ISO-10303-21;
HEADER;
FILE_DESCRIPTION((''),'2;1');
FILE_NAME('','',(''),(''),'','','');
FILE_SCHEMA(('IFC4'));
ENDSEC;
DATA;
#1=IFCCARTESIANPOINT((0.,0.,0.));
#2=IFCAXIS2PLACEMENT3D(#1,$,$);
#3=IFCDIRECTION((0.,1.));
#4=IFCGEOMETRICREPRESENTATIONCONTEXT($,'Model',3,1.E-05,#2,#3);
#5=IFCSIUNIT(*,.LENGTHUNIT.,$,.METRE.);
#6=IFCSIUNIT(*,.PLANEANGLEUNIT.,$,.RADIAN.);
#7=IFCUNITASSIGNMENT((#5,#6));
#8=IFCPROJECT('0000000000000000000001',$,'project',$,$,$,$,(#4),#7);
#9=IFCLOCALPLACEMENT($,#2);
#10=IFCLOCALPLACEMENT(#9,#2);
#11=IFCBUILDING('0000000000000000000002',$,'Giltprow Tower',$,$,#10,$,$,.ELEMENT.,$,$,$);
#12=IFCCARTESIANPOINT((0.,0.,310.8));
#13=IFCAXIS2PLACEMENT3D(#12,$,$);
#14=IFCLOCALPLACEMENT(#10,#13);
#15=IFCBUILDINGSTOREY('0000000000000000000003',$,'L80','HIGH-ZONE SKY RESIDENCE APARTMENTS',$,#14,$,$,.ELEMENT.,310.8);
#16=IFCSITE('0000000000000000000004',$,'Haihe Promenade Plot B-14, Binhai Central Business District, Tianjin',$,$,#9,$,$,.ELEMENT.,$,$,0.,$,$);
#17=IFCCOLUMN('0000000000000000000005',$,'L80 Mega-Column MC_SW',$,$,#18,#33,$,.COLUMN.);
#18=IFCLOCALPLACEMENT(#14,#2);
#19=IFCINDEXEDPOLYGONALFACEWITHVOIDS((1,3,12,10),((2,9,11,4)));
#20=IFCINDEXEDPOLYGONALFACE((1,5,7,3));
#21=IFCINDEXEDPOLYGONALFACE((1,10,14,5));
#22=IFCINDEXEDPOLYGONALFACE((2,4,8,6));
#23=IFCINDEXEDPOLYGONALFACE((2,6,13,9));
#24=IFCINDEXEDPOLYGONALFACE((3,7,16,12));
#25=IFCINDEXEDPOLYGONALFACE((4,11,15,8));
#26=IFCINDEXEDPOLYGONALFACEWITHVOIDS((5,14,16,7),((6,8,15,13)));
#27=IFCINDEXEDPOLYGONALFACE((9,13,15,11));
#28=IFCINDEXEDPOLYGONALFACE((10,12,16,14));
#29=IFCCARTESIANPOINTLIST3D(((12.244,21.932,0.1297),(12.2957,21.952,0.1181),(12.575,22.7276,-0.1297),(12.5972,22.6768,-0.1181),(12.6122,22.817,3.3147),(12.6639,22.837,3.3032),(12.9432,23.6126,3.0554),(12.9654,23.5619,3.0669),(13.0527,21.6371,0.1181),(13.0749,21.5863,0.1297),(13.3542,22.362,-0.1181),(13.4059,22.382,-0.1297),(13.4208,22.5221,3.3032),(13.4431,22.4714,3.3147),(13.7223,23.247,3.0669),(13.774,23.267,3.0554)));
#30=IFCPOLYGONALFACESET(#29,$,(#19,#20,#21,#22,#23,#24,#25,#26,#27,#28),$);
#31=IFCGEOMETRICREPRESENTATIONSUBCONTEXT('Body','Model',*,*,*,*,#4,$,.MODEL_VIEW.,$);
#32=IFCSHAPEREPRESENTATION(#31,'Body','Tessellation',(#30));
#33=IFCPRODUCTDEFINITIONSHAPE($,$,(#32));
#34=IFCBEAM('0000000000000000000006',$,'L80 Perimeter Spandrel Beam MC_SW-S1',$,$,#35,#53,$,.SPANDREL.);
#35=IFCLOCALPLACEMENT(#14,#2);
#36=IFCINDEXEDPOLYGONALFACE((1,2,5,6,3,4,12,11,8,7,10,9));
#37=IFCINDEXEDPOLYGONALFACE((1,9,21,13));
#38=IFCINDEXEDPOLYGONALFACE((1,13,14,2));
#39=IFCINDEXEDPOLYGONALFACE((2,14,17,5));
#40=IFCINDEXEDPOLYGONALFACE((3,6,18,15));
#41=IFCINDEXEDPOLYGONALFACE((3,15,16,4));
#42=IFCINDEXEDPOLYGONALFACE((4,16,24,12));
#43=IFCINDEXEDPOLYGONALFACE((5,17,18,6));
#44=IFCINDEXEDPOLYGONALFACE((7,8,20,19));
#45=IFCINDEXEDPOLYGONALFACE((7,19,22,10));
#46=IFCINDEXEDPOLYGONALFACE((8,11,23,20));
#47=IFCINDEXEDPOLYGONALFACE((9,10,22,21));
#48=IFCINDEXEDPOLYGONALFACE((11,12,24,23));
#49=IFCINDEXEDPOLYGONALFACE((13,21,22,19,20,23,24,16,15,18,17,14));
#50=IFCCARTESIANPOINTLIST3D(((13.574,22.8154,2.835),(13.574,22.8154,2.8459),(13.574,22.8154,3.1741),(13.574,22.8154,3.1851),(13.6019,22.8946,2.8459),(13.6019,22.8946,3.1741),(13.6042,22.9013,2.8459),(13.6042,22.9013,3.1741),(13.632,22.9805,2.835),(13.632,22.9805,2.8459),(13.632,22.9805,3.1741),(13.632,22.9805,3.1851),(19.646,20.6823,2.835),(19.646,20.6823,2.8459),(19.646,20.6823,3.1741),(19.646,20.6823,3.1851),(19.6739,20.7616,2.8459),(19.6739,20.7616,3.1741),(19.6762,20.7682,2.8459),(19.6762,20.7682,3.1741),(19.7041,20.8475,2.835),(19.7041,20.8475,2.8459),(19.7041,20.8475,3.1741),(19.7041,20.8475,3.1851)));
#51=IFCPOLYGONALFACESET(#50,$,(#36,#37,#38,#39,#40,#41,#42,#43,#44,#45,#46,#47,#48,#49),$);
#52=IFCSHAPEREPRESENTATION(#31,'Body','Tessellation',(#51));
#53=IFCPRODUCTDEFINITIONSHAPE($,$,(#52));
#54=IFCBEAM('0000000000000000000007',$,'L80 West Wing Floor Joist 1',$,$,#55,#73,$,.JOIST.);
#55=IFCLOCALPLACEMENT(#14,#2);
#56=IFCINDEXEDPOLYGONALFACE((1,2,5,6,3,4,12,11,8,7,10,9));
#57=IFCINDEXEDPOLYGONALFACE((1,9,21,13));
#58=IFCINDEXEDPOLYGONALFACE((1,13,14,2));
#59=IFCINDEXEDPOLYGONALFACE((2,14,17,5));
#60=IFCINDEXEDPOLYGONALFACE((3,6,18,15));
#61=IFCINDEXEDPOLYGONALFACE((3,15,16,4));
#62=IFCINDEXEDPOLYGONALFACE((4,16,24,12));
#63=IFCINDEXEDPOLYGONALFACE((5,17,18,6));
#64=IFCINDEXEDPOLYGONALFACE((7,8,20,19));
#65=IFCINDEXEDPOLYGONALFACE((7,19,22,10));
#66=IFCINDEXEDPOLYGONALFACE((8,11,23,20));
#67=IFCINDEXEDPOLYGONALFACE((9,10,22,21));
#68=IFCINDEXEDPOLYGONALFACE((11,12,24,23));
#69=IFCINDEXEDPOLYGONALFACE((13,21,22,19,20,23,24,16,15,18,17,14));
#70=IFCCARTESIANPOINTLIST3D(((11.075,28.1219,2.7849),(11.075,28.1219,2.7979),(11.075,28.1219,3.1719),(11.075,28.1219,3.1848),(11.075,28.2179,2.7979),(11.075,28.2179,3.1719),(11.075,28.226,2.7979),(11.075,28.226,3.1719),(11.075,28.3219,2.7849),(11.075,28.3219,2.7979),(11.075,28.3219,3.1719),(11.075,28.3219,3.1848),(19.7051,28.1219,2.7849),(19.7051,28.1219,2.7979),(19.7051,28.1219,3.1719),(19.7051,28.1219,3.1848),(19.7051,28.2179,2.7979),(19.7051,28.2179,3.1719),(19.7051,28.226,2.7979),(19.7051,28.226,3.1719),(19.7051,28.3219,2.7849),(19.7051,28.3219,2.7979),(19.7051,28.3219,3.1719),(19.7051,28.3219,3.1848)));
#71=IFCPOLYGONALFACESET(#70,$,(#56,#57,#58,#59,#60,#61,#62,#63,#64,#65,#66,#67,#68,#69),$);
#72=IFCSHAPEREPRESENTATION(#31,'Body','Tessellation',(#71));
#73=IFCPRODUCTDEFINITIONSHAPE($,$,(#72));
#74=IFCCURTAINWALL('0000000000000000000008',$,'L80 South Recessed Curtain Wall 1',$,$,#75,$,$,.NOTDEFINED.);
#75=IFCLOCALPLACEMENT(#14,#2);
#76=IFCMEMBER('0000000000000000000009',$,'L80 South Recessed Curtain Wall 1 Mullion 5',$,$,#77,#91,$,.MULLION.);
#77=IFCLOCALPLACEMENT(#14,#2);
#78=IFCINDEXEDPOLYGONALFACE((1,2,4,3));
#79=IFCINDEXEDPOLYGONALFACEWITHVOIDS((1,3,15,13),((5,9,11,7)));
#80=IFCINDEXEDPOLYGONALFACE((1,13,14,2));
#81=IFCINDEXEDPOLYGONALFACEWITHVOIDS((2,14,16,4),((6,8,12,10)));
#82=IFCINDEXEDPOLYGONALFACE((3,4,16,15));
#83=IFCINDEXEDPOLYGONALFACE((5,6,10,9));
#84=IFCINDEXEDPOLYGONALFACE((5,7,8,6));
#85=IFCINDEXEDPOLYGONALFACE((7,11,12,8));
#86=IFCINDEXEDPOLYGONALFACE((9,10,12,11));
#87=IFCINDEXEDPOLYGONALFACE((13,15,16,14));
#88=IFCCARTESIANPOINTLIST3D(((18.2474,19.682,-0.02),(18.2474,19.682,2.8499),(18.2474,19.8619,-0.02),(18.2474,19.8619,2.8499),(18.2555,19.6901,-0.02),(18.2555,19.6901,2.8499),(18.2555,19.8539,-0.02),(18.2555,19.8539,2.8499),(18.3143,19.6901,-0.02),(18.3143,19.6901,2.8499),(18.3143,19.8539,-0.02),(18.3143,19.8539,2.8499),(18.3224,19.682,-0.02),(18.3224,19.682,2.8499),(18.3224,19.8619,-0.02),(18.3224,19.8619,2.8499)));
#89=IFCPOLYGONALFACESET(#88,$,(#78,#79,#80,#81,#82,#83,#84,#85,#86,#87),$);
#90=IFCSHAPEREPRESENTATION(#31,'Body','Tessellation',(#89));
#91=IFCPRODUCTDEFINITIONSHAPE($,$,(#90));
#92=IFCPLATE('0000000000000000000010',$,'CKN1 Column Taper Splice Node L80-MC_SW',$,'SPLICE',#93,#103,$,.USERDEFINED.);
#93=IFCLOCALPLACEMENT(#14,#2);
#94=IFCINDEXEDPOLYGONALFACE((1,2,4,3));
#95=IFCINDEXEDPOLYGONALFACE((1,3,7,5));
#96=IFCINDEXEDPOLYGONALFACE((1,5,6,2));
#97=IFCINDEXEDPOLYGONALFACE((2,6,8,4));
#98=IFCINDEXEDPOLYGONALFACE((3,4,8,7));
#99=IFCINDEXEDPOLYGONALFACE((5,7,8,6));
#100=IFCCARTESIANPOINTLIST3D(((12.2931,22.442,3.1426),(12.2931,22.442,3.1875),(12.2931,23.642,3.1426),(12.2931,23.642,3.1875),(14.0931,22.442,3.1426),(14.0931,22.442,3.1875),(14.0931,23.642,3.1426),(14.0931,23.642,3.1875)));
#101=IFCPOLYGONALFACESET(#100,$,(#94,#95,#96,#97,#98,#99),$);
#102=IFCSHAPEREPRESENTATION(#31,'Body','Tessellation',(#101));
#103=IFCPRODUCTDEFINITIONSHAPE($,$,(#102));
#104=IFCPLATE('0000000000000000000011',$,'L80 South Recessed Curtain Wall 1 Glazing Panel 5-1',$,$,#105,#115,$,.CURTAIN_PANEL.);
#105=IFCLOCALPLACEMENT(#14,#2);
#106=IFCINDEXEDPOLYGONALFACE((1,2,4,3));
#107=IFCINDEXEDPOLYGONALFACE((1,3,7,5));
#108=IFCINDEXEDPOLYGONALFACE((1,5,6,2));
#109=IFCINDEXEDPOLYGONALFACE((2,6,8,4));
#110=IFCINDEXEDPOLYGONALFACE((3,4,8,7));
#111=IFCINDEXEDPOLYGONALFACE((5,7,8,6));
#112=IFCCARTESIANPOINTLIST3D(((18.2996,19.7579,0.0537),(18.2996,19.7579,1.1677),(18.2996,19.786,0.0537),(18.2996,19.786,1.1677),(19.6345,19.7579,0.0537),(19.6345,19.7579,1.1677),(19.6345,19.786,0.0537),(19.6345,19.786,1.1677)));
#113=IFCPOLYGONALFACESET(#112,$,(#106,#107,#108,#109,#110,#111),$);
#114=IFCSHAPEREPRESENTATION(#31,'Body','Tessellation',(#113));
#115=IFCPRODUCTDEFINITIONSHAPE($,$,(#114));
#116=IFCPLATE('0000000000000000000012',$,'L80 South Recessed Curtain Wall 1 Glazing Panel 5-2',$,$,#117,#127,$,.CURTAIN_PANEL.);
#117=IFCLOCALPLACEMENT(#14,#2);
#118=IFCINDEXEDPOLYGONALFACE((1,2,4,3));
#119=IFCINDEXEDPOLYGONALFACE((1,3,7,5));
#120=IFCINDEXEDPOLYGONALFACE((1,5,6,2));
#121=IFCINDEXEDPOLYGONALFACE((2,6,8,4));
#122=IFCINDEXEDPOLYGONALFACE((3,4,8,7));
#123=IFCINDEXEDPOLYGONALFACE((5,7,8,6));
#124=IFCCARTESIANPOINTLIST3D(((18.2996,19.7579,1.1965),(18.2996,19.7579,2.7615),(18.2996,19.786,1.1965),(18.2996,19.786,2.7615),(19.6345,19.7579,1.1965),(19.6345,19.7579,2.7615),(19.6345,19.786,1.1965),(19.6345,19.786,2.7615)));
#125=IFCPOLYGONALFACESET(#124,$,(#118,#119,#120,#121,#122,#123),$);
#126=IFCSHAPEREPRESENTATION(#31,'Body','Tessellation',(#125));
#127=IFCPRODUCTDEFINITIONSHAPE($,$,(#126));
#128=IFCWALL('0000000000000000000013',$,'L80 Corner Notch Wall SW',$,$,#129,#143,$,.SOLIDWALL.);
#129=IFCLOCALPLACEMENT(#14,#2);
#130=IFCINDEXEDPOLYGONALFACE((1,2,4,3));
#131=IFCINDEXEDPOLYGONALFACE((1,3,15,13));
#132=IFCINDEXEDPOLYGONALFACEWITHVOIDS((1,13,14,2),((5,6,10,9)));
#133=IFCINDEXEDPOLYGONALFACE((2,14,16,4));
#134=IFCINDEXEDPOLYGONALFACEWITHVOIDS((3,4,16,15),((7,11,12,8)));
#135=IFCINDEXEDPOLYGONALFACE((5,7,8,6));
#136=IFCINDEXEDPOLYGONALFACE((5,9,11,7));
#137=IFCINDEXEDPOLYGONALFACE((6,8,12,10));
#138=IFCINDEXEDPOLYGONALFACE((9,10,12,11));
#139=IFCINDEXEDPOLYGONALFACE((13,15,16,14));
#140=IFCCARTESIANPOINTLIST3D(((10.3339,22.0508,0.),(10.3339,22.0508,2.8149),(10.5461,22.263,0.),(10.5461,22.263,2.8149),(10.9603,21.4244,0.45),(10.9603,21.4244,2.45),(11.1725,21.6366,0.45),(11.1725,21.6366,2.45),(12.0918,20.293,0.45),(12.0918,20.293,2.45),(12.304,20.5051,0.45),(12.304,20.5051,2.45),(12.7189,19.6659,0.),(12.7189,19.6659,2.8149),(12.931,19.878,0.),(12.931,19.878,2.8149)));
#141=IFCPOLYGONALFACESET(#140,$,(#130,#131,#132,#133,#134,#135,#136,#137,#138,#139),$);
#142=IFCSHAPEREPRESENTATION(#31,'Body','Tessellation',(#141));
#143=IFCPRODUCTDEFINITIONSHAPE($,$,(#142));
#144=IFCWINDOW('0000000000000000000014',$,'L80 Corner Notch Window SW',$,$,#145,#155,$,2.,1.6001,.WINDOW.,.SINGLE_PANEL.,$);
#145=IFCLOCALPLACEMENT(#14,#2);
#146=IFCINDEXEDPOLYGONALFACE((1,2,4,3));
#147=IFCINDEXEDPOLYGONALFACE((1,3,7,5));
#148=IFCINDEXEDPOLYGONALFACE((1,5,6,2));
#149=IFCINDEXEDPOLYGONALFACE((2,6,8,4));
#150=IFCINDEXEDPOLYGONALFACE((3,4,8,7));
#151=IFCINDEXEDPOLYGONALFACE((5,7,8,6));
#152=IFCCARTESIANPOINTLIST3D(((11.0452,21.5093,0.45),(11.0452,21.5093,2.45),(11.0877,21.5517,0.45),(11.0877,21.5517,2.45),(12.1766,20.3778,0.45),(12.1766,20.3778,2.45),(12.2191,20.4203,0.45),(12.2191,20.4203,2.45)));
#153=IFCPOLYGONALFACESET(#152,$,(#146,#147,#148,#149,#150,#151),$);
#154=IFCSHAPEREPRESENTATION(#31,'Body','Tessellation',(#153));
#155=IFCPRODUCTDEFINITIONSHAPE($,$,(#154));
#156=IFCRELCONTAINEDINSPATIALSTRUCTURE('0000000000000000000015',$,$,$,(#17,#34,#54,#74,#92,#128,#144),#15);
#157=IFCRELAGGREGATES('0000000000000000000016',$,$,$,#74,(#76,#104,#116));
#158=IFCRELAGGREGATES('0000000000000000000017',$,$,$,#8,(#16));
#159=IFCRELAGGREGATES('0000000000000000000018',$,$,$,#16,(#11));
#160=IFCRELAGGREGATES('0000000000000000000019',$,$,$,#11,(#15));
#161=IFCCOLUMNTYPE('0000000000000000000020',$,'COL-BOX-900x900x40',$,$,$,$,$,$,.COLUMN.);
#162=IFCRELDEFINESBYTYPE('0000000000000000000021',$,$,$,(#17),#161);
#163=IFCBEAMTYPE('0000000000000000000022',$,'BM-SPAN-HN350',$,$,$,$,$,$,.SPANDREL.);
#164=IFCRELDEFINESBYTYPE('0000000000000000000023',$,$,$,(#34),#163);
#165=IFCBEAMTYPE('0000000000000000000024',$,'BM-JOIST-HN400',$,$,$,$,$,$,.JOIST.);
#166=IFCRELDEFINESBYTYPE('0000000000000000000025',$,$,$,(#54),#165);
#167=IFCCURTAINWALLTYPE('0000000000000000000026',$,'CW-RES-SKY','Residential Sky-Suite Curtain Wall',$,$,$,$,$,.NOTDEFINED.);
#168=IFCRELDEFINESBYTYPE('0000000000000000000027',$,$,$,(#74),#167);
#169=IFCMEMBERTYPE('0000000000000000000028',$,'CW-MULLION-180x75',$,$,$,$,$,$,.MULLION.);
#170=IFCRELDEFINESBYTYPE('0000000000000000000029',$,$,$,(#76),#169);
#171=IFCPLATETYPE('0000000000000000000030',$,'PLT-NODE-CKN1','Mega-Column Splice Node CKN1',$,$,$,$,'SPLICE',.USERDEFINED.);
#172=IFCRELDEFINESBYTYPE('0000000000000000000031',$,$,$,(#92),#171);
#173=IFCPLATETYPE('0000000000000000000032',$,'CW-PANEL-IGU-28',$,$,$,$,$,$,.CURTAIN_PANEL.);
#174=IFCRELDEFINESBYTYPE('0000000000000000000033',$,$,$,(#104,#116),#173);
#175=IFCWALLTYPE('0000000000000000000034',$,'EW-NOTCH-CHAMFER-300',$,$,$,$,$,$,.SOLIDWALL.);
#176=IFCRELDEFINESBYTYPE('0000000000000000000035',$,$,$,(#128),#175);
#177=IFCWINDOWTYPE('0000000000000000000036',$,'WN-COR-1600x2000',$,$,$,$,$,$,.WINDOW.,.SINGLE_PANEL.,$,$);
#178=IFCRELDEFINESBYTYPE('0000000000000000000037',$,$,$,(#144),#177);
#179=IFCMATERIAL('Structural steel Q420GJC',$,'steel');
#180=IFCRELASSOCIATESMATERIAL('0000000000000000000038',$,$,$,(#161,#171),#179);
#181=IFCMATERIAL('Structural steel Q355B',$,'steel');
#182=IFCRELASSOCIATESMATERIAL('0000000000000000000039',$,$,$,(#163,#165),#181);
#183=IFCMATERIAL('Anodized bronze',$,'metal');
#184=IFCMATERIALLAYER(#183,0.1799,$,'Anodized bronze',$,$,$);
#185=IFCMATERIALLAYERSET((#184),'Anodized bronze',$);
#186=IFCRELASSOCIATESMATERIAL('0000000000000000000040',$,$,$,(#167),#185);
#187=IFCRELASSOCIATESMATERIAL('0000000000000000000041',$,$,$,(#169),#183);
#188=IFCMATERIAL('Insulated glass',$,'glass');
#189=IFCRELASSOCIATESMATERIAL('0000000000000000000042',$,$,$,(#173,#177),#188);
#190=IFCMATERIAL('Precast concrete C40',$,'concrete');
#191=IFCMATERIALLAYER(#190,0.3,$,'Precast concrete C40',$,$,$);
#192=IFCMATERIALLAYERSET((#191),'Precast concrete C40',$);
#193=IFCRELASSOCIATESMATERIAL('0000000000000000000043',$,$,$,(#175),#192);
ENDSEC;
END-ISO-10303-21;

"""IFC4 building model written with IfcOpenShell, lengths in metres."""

from ifc_helpers import new_model, si_unit, direction, frame, frame_2d, origin, origin_2d, place, context, subcontext, project, spatial, rectangle, hollow_rectangle, i_section, extrude, source, transform, mapped, material, layer, layer_set, material_profile, profile_set, type_object, element, fill, aggregate, save


model = new_model("IFC4")

# Units and contexts
model_context = context("Model", 3, precision=1e-05, world=origin(), true_north=direction((0.0, 1.0)))
body_context = subcontext(model_context, "Body", "Model", "MODEL_VIEW")
ifc_project = project(units=[si_unit("LENGTHUNIT", "METRE"), si_unit("PLANEANGLEUNIT", "RADIAN")], contexts=[model_context])

# Site, building, storey
site_placement = place(None, origin())
site = spatial("IfcSite", under=ifc_project, at=site_placement, Name="Haihe Promenade Plot B-14, Binhai Central Business District, Tianjin", CompositionType="ELEMENT", RefElevation=0.0)
building_placement = place(site_placement, origin())
building = spatial("IfcBuilding", under=site, at=building_placement, Name="Giltprow Tower", CompositionType="ELEMENT")
storey_placement = place(building_placement, frame((0.0, 0.0, 310.8)))
storey = spatial("IfcBuildingStorey", under=building, at=storey_placement, Name="L80", Description="HIGH-ZONE SKY RESIDENCE APARTMENTS", CompositionType="ELEMENT", Elevation=310.8)

# Column
ifc_material_1 = material(Name="Structural steel Q420GJC", Category="steel")
ifc_material_profile_1 = material_profile(ifc_material_1, hollow_rectangle(XDim=0.8999, YDim=0.8999, WallThickness=0.04, at=origin_2d()), Name="BOX 900x900x40")
ifc_profile_set_1 = profile_set([ifc_material_profile_1], Name="Structural steel Q420GJC")
column_type = type_object("IfcColumnType", Name="COL-BOX-900x900x40", PredefinedType="COLUMN", material=ifc_profile_set_1)
shared_shape_1 = source(origin(), body_context, "Body", "SweptSolid", [
    extrude(hollow_rectangle(XDim=0.8999, YDim=0.8999, WallThickness=0.04, at=origin_2d()), origin(), (0.0, 0.0, 1.0), 3.3262),
])
column_placement = place(storey_placement, frame((12.825, 22.157, 0.0), z_axis=(0.110687, 0.266075, 0.957576), x_axis=(-0.923295, 0.384091, 0.0)))
element("IfcColumn", 1, at=column_placement, inside=storey, type_object=column_type, Name="L80 Mega-Column MC_SW", PredefinedType="COLUMN", context=body_context, shape_type="MappedRepresentation", body=[
    mapped(shared_shape_1, transform((0.0, 0.0, 0.0), x_axis=(1.0, 0.0, 0.0), y_axis=(0.0, 1.0, 0.0), z_axis=(0.0, 0.0, 1.0), scale=1.0)),
])

# Beams
ifc_material_2 = material(Name="Structural steel Q355B", Category="steel")
ifc_material_profile_2 = material_profile(ifc_material_2, i_section(OverallWidth=0.175, OverallDepth=0.3501, WebThickness=0.0071, FlangeThickness=0.011, at=origin_2d()), Name="HN 350x175x7x11")
ifc_profile_set_2 = profile_set([ifc_material_profile_2], Name="Structural steel Q355B")
beam_type_1 = type_object("IfcBeamType", Name="BM-SPAN-HN350", PredefinedType="SPANDREL", material=ifc_profile_set_2)
shared_shape_2 = source(origin(), body_context, "Body", "SweptSolid", [
    extrude(i_section(OverallWidth=0.175, OverallDepth=0.3501, WebThickness=0.0071, FlangeThickness=0.011, at=origin_2d()), origin(), (0.0, 0.0, 1.0), 6.4358),
])
beam_1_placement = place(storey_placement, frame((13.603, 22.8979, 3.01), z_axis=(0.943477, -0.331437, 0.0), x_axis=(0.331437, 0.943477, 0.0)))
element("IfcBeam", 2, at=beam_1_placement, inside=storey, type_object=beam_type_1, Name="L80 Perimeter Spandrel Beam MC_SW-S1", PredefinedType="SPANDREL", context=body_context, shape_type="MappedRepresentation", body=[
    mapped(shared_shape_2, transform((0.0, 0.0, 0.0), x_axis=(1.0, 0.0, 0.0), y_axis=(0.0, 1.0, 0.0), z_axis=(0.0, 0.0, 1.0), scale=1.0)),
])
ifc_material_profile_3 = material_profile(ifc_material_2, i_section(OverallWidth=0.2, OverallDepth=0.3999, WebThickness=0.0081, FlangeThickness=0.0129, at=origin_2d()), Name="HN 400x200x8x13")
ifc_profile_set_3 = profile_set([ifc_material_profile_3], Name="Structural steel Q355B")
beam_type_2 = type_object("IfcBeamType", Name="BM-JOIST-HN400", PredefinedType="JOIST", material=ifc_profile_set_3)
shared_shape_3 = source(origin(), body_context, "Body", "SweptSolid", [
    extrude(i_section(OverallWidth=0.2, OverallDepth=0.3999, WebThickness=0.0081, FlangeThickness=0.0129, at=origin_2d()), origin(), (0.0, 0.0, 1.0), 8.6301),
])
beam_2_placement = place(storey_placement, frame((11.075, 28.2219, 2.9849), z_axis=(1.0, 0.0, 0.0), x_axis=(0.0, 1.0, 0.0)))
element("IfcBeam", 3, at=beam_2_placement, inside=storey, type_object=beam_type_2, Name="L80 West Wing Floor Joist 1", PredefinedType="JOIST", context=body_context, shape_type="MappedRepresentation", body=[
    mapped(shared_shape_3, transform((0.0, 0.0, 0.0), x_axis=(1.0, 0.0, 0.0), y_axis=(0.0, 1.0, 0.0), z_axis=(0.0, 0.0, 1.0), scale=1.0)),
])

# Curtain wall, member
ifc_material_3 = material(Name="Anodized bronze", Category="metal")
ifc_layer_1 = layer(ifc_material_3, 0.1799, Name="Anodized bronze")
ifc_layer_set_1 = layer_set([ifc_layer_1], Name="Anodized bronze")
curtain_wall_type = type_object("IfcCurtainWallType", Name="CW-RES-SKY", Description="Residential Sky-Suite Curtain Wall", PredefinedType="NOTDEFINED", material=ifc_layer_set_1)
curtain_wall_placement = place(storey_placement, origin())
curtain_wall = element("IfcCurtainWall", 4, at=curtain_wall_placement, inside=storey, type_object=curtain_wall_type, Name="L80 South Recessed Curtain Wall 1", PredefinedType="NOTDEFINED")
ifc_material_profile_4 = material_profile(ifc_material_3, hollow_rectangle(XDim=0.075, YDim=0.1799, WallThickness=0.0081, at=origin_2d()), Name="RHS 180x75x8")
ifc_profile_set_4 = profile_set([ifc_material_profile_4], Name="Anodized bronze")
member_type = type_object("IfcMemberType", Name="CW-MULLION-180x75", PredefinedType="MULLION", material=ifc_profile_set_4)
shared_shape_4 = source(origin(), body_context, "Body", "SweptSolid", [
    extrude(hollow_rectangle(XDim=0.075, YDim=0.1799, WallThickness=0.0081, at=origin_2d()), origin(), (0.0, 0.0, 1.0), 2.8699),
])
member_placement = place(storey_placement, frame((18.2849, 19.772, -0.02), z_axis=(0.0, 0.0, 1.0), x_axis=(1.0, 0.0, 0.0)))
member = element("IfcMember", 5, at=member_placement, type_object=member_type, Name="L80 South Recessed Curtain Wall 1 Mullion 5", PredefinedType="MULLION", context=body_context, shape_type="MappedRepresentation", body=[
    mapped(shared_shape_4, transform((0.0, 0.0, 0.0), x_axis=(1.0, 0.0, 0.0), y_axis=(0.0, 1.0, 0.0), z_axis=(0.0, 0.0, 1.0), scale=1.0)),
])

# Plates
plate_type_1 = type_object("IfcPlateType", Name="PLT-NODE-CKN1", Description="Mega-Column Splice Node CKN1", ElementType="SPLICE", PredefinedType="USERDEFINED", material=ifc_material_1)
shared_shape_5 = source(origin(), body_context, "Body", "SweptSolid", [
    extrude(rectangle(XDim=1.8, YDim=1.2, at=origin_2d()), origin(), (0.0, 0.0, 1.0), 0.0449),
])
plate_1_placement = place(storey_placement, frame((13.1931, 23.042, 3.1426), z_axis=(0.0, 0.0, 1.0), x_axis=(1.0, 0.0, 0.0)))
element("IfcPlate", 6, at=plate_1_placement, inside=storey, type_object=plate_type_1, Name="CKN1 Column Taper Splice Node L80-MC_SW", ObjectType="SPLICE", PredefinedType="USERDEFINED", context=body_context, shape_type="MappedRepresentation", body=[
    mapped(shared_shape_5, transform((0.0, 0.0, 0.0), x_axis=(1.0, 0.0, 0.0), y_axis=(0.0, 1.0, 0.0), z_axis=(0.0, 0.0, 1.0), scale=1.0)),
])
ifc_material_4 = material(Name="Insulated glass", Category="glass")
plate_type_2 = type_object("IfcPlateType", Name="CW-PANEL-IGU-28", PredefinedType="CURTAIN_PANEL", material=ifc_material_4)
shared_shape_6 = source(origin(), body_context, "Body", "SweptSolid", [
    extrude(rectangle(XDim=1.335, YDim=0.0281, at=origin_2d()), origin(), (0.0, 0.0, 1.0), 1.114),
])
plate_2_placement = place(storey_placement, frame((18.967, 19.772, 0.0537), z_axis=(0.0, 0.0, 1.0), x_axis=(1.0, 0.0, 0.0)))
plate_2 = element("IfcPlate", 7, at=plate_2_placement, type_object=plate_type_2, Name="L80 South Recessed Curtain Wall 1 Glazing Panel 5-1", PredefinedType="CURTAIN_PANEL", context=body_context, shape_type="MappedRepresentation", body=[
    mapped(shared_shape_6, transform((0.0, 0.0, 0.0), x_axis=(1.0, 0.0, 0.0), y_axis=(0.0, 1.0, 0.0), z_axis=(0.0, 0.0, 1.0), scale=1.0)),
])
shared_shape_7 = source(origin(), body_context, "Body", "SweptSolid", [
    extrude(rectangle(XDim=1.335, YDim=0.0281, at=origin_2d()), origin(), (0.0, 0.0, 1.0), 1.5649),
])
plate_3_placement = place(storey_placement, frame((18.967, 19.772, 1.1965), z_axis=(0.0, 0.0, 1.0), x_axis=(1.0, 0.0, 0.0)))
plate_3 = element("IfcPlate", 8, at=plate_3_placement, type_object=plate_type_2, Name="L80 South Recessed Curtain Wall 1 Glazing Panel 5-2", PredefinedType="CURTAIN_PANEL", context=body_context, shape_type="MappedRepresentation", body=[
    mapped(shared_shape_7, transform((0.0, 0.0, 0.0), x_axis=(1.0, 0.0, 0.0), y_axis=(0.0, 1.0, 0.0), z_axis=(0.0, 0.0, 1.0), scale=1.0)),
])
aggregate(curtain_wall, [member, plate_2, plate_3])

# Wall, opening, window
ifc_material_5 = material(Name="Precast concrete C40", Category="concrete")
ifc_layer_2 = layer(ifc_material_5, 0.3, Name="Precast concrete C40")
ifc_layer_set_2 = layer_set([ifc_layer_2], Name="Precast concrete C40")
wall_type_1 = type_object("IfcWallType", Name="EW-NOTCH-CHAMFER-300", PredefinedType="SOLIDWALL", material=ifc_layer_set_2)
wall_1_placement = place(storey_placement, frame((10.4399, 22.157, 0.0), z_axis=(0.0, 0.0, 1.0), x_axis=(0.707107, -0.707107, 0.0)))
wall_1 = element("IfcWall", 9, at=wall_1_placement, inside=storey, type_object=wall_type_1, Name="L80 Corner Notch Wall SW", PredefinedType="SOLIDWALL", context=body_context, shape_type="SweptSolid", body=[
    extrude(rectangle(XDim=3.3728, YDim=0.3, at=frame_2d((1.6865, 0.0))), origin(), (0.0, 0.0, 1.0), 2.8149),
])
opening_1_placement = place(wall_1_placement, frame((0.886, 0.0, 0.45)))
opening_1 = element("IfcOpeningElement", 10, at=opening_1_placement, cuts=wall_1, PredefinedType="OPENING", context=body_context, shape_type="SweptSolid", body=[
    extrude(rectangle(XDim=1.6001, YDim=2.0, at=frame_2d((0.8, 1.0))), frame((0.0, 0.1599, 0.0), z_axis=(0.0, -1.0, 0.0), x_axis=(1.0, 0.0, 0.0)), (0.0, 0.0, 1.0), 0.3201),
])
window_type_1 = type_object("IfcWindowType", Name="WN-COR-1600x2000", PartitioningType="SINGLE_PANEL", PredefinedType="WINDOW", material=ifc_material_4)
shared_shape_8 = source(origin(), body_context, "Body", "SweptSolid", [
    extrude(rectangle(XDim=1.6001, YDim=2.0, at=frame_2d((0.8, 1.0))), frame((0.0, 0.03, 0.0), z_axis=(0.0, -1.0, 0.0), x_axis=(1.0, 0.0, 0.0)), (0.0, 0.0, 1.0), 0.0601),
])
window_1_placement = place(opening_1_placement, origin())
window_1 = element("IfcWindow", 11, at=window_1_placement, inside=storey, type_object=window_type_1, Name="L80 Corner Notch Window SW", OverallHeight=2.0, OverallWidth=1.6001, PartitioningType="SINGLE_PANEL", PredefinedType="WINDOW", context=body_context, shape_type="MappedRepresentation", body=[
    mapped(shared_shape_8, transform((0.0, 0.0, 0.0), x_axis=(1.0, 0.0, 0.0), y_axis=(0.0, 1.0, 0.0), z_axis=(0.0, 0.0, 1.0), scale=1.0)),
])
fill(opening_1, window_1)

save(model, "model.ifc")
